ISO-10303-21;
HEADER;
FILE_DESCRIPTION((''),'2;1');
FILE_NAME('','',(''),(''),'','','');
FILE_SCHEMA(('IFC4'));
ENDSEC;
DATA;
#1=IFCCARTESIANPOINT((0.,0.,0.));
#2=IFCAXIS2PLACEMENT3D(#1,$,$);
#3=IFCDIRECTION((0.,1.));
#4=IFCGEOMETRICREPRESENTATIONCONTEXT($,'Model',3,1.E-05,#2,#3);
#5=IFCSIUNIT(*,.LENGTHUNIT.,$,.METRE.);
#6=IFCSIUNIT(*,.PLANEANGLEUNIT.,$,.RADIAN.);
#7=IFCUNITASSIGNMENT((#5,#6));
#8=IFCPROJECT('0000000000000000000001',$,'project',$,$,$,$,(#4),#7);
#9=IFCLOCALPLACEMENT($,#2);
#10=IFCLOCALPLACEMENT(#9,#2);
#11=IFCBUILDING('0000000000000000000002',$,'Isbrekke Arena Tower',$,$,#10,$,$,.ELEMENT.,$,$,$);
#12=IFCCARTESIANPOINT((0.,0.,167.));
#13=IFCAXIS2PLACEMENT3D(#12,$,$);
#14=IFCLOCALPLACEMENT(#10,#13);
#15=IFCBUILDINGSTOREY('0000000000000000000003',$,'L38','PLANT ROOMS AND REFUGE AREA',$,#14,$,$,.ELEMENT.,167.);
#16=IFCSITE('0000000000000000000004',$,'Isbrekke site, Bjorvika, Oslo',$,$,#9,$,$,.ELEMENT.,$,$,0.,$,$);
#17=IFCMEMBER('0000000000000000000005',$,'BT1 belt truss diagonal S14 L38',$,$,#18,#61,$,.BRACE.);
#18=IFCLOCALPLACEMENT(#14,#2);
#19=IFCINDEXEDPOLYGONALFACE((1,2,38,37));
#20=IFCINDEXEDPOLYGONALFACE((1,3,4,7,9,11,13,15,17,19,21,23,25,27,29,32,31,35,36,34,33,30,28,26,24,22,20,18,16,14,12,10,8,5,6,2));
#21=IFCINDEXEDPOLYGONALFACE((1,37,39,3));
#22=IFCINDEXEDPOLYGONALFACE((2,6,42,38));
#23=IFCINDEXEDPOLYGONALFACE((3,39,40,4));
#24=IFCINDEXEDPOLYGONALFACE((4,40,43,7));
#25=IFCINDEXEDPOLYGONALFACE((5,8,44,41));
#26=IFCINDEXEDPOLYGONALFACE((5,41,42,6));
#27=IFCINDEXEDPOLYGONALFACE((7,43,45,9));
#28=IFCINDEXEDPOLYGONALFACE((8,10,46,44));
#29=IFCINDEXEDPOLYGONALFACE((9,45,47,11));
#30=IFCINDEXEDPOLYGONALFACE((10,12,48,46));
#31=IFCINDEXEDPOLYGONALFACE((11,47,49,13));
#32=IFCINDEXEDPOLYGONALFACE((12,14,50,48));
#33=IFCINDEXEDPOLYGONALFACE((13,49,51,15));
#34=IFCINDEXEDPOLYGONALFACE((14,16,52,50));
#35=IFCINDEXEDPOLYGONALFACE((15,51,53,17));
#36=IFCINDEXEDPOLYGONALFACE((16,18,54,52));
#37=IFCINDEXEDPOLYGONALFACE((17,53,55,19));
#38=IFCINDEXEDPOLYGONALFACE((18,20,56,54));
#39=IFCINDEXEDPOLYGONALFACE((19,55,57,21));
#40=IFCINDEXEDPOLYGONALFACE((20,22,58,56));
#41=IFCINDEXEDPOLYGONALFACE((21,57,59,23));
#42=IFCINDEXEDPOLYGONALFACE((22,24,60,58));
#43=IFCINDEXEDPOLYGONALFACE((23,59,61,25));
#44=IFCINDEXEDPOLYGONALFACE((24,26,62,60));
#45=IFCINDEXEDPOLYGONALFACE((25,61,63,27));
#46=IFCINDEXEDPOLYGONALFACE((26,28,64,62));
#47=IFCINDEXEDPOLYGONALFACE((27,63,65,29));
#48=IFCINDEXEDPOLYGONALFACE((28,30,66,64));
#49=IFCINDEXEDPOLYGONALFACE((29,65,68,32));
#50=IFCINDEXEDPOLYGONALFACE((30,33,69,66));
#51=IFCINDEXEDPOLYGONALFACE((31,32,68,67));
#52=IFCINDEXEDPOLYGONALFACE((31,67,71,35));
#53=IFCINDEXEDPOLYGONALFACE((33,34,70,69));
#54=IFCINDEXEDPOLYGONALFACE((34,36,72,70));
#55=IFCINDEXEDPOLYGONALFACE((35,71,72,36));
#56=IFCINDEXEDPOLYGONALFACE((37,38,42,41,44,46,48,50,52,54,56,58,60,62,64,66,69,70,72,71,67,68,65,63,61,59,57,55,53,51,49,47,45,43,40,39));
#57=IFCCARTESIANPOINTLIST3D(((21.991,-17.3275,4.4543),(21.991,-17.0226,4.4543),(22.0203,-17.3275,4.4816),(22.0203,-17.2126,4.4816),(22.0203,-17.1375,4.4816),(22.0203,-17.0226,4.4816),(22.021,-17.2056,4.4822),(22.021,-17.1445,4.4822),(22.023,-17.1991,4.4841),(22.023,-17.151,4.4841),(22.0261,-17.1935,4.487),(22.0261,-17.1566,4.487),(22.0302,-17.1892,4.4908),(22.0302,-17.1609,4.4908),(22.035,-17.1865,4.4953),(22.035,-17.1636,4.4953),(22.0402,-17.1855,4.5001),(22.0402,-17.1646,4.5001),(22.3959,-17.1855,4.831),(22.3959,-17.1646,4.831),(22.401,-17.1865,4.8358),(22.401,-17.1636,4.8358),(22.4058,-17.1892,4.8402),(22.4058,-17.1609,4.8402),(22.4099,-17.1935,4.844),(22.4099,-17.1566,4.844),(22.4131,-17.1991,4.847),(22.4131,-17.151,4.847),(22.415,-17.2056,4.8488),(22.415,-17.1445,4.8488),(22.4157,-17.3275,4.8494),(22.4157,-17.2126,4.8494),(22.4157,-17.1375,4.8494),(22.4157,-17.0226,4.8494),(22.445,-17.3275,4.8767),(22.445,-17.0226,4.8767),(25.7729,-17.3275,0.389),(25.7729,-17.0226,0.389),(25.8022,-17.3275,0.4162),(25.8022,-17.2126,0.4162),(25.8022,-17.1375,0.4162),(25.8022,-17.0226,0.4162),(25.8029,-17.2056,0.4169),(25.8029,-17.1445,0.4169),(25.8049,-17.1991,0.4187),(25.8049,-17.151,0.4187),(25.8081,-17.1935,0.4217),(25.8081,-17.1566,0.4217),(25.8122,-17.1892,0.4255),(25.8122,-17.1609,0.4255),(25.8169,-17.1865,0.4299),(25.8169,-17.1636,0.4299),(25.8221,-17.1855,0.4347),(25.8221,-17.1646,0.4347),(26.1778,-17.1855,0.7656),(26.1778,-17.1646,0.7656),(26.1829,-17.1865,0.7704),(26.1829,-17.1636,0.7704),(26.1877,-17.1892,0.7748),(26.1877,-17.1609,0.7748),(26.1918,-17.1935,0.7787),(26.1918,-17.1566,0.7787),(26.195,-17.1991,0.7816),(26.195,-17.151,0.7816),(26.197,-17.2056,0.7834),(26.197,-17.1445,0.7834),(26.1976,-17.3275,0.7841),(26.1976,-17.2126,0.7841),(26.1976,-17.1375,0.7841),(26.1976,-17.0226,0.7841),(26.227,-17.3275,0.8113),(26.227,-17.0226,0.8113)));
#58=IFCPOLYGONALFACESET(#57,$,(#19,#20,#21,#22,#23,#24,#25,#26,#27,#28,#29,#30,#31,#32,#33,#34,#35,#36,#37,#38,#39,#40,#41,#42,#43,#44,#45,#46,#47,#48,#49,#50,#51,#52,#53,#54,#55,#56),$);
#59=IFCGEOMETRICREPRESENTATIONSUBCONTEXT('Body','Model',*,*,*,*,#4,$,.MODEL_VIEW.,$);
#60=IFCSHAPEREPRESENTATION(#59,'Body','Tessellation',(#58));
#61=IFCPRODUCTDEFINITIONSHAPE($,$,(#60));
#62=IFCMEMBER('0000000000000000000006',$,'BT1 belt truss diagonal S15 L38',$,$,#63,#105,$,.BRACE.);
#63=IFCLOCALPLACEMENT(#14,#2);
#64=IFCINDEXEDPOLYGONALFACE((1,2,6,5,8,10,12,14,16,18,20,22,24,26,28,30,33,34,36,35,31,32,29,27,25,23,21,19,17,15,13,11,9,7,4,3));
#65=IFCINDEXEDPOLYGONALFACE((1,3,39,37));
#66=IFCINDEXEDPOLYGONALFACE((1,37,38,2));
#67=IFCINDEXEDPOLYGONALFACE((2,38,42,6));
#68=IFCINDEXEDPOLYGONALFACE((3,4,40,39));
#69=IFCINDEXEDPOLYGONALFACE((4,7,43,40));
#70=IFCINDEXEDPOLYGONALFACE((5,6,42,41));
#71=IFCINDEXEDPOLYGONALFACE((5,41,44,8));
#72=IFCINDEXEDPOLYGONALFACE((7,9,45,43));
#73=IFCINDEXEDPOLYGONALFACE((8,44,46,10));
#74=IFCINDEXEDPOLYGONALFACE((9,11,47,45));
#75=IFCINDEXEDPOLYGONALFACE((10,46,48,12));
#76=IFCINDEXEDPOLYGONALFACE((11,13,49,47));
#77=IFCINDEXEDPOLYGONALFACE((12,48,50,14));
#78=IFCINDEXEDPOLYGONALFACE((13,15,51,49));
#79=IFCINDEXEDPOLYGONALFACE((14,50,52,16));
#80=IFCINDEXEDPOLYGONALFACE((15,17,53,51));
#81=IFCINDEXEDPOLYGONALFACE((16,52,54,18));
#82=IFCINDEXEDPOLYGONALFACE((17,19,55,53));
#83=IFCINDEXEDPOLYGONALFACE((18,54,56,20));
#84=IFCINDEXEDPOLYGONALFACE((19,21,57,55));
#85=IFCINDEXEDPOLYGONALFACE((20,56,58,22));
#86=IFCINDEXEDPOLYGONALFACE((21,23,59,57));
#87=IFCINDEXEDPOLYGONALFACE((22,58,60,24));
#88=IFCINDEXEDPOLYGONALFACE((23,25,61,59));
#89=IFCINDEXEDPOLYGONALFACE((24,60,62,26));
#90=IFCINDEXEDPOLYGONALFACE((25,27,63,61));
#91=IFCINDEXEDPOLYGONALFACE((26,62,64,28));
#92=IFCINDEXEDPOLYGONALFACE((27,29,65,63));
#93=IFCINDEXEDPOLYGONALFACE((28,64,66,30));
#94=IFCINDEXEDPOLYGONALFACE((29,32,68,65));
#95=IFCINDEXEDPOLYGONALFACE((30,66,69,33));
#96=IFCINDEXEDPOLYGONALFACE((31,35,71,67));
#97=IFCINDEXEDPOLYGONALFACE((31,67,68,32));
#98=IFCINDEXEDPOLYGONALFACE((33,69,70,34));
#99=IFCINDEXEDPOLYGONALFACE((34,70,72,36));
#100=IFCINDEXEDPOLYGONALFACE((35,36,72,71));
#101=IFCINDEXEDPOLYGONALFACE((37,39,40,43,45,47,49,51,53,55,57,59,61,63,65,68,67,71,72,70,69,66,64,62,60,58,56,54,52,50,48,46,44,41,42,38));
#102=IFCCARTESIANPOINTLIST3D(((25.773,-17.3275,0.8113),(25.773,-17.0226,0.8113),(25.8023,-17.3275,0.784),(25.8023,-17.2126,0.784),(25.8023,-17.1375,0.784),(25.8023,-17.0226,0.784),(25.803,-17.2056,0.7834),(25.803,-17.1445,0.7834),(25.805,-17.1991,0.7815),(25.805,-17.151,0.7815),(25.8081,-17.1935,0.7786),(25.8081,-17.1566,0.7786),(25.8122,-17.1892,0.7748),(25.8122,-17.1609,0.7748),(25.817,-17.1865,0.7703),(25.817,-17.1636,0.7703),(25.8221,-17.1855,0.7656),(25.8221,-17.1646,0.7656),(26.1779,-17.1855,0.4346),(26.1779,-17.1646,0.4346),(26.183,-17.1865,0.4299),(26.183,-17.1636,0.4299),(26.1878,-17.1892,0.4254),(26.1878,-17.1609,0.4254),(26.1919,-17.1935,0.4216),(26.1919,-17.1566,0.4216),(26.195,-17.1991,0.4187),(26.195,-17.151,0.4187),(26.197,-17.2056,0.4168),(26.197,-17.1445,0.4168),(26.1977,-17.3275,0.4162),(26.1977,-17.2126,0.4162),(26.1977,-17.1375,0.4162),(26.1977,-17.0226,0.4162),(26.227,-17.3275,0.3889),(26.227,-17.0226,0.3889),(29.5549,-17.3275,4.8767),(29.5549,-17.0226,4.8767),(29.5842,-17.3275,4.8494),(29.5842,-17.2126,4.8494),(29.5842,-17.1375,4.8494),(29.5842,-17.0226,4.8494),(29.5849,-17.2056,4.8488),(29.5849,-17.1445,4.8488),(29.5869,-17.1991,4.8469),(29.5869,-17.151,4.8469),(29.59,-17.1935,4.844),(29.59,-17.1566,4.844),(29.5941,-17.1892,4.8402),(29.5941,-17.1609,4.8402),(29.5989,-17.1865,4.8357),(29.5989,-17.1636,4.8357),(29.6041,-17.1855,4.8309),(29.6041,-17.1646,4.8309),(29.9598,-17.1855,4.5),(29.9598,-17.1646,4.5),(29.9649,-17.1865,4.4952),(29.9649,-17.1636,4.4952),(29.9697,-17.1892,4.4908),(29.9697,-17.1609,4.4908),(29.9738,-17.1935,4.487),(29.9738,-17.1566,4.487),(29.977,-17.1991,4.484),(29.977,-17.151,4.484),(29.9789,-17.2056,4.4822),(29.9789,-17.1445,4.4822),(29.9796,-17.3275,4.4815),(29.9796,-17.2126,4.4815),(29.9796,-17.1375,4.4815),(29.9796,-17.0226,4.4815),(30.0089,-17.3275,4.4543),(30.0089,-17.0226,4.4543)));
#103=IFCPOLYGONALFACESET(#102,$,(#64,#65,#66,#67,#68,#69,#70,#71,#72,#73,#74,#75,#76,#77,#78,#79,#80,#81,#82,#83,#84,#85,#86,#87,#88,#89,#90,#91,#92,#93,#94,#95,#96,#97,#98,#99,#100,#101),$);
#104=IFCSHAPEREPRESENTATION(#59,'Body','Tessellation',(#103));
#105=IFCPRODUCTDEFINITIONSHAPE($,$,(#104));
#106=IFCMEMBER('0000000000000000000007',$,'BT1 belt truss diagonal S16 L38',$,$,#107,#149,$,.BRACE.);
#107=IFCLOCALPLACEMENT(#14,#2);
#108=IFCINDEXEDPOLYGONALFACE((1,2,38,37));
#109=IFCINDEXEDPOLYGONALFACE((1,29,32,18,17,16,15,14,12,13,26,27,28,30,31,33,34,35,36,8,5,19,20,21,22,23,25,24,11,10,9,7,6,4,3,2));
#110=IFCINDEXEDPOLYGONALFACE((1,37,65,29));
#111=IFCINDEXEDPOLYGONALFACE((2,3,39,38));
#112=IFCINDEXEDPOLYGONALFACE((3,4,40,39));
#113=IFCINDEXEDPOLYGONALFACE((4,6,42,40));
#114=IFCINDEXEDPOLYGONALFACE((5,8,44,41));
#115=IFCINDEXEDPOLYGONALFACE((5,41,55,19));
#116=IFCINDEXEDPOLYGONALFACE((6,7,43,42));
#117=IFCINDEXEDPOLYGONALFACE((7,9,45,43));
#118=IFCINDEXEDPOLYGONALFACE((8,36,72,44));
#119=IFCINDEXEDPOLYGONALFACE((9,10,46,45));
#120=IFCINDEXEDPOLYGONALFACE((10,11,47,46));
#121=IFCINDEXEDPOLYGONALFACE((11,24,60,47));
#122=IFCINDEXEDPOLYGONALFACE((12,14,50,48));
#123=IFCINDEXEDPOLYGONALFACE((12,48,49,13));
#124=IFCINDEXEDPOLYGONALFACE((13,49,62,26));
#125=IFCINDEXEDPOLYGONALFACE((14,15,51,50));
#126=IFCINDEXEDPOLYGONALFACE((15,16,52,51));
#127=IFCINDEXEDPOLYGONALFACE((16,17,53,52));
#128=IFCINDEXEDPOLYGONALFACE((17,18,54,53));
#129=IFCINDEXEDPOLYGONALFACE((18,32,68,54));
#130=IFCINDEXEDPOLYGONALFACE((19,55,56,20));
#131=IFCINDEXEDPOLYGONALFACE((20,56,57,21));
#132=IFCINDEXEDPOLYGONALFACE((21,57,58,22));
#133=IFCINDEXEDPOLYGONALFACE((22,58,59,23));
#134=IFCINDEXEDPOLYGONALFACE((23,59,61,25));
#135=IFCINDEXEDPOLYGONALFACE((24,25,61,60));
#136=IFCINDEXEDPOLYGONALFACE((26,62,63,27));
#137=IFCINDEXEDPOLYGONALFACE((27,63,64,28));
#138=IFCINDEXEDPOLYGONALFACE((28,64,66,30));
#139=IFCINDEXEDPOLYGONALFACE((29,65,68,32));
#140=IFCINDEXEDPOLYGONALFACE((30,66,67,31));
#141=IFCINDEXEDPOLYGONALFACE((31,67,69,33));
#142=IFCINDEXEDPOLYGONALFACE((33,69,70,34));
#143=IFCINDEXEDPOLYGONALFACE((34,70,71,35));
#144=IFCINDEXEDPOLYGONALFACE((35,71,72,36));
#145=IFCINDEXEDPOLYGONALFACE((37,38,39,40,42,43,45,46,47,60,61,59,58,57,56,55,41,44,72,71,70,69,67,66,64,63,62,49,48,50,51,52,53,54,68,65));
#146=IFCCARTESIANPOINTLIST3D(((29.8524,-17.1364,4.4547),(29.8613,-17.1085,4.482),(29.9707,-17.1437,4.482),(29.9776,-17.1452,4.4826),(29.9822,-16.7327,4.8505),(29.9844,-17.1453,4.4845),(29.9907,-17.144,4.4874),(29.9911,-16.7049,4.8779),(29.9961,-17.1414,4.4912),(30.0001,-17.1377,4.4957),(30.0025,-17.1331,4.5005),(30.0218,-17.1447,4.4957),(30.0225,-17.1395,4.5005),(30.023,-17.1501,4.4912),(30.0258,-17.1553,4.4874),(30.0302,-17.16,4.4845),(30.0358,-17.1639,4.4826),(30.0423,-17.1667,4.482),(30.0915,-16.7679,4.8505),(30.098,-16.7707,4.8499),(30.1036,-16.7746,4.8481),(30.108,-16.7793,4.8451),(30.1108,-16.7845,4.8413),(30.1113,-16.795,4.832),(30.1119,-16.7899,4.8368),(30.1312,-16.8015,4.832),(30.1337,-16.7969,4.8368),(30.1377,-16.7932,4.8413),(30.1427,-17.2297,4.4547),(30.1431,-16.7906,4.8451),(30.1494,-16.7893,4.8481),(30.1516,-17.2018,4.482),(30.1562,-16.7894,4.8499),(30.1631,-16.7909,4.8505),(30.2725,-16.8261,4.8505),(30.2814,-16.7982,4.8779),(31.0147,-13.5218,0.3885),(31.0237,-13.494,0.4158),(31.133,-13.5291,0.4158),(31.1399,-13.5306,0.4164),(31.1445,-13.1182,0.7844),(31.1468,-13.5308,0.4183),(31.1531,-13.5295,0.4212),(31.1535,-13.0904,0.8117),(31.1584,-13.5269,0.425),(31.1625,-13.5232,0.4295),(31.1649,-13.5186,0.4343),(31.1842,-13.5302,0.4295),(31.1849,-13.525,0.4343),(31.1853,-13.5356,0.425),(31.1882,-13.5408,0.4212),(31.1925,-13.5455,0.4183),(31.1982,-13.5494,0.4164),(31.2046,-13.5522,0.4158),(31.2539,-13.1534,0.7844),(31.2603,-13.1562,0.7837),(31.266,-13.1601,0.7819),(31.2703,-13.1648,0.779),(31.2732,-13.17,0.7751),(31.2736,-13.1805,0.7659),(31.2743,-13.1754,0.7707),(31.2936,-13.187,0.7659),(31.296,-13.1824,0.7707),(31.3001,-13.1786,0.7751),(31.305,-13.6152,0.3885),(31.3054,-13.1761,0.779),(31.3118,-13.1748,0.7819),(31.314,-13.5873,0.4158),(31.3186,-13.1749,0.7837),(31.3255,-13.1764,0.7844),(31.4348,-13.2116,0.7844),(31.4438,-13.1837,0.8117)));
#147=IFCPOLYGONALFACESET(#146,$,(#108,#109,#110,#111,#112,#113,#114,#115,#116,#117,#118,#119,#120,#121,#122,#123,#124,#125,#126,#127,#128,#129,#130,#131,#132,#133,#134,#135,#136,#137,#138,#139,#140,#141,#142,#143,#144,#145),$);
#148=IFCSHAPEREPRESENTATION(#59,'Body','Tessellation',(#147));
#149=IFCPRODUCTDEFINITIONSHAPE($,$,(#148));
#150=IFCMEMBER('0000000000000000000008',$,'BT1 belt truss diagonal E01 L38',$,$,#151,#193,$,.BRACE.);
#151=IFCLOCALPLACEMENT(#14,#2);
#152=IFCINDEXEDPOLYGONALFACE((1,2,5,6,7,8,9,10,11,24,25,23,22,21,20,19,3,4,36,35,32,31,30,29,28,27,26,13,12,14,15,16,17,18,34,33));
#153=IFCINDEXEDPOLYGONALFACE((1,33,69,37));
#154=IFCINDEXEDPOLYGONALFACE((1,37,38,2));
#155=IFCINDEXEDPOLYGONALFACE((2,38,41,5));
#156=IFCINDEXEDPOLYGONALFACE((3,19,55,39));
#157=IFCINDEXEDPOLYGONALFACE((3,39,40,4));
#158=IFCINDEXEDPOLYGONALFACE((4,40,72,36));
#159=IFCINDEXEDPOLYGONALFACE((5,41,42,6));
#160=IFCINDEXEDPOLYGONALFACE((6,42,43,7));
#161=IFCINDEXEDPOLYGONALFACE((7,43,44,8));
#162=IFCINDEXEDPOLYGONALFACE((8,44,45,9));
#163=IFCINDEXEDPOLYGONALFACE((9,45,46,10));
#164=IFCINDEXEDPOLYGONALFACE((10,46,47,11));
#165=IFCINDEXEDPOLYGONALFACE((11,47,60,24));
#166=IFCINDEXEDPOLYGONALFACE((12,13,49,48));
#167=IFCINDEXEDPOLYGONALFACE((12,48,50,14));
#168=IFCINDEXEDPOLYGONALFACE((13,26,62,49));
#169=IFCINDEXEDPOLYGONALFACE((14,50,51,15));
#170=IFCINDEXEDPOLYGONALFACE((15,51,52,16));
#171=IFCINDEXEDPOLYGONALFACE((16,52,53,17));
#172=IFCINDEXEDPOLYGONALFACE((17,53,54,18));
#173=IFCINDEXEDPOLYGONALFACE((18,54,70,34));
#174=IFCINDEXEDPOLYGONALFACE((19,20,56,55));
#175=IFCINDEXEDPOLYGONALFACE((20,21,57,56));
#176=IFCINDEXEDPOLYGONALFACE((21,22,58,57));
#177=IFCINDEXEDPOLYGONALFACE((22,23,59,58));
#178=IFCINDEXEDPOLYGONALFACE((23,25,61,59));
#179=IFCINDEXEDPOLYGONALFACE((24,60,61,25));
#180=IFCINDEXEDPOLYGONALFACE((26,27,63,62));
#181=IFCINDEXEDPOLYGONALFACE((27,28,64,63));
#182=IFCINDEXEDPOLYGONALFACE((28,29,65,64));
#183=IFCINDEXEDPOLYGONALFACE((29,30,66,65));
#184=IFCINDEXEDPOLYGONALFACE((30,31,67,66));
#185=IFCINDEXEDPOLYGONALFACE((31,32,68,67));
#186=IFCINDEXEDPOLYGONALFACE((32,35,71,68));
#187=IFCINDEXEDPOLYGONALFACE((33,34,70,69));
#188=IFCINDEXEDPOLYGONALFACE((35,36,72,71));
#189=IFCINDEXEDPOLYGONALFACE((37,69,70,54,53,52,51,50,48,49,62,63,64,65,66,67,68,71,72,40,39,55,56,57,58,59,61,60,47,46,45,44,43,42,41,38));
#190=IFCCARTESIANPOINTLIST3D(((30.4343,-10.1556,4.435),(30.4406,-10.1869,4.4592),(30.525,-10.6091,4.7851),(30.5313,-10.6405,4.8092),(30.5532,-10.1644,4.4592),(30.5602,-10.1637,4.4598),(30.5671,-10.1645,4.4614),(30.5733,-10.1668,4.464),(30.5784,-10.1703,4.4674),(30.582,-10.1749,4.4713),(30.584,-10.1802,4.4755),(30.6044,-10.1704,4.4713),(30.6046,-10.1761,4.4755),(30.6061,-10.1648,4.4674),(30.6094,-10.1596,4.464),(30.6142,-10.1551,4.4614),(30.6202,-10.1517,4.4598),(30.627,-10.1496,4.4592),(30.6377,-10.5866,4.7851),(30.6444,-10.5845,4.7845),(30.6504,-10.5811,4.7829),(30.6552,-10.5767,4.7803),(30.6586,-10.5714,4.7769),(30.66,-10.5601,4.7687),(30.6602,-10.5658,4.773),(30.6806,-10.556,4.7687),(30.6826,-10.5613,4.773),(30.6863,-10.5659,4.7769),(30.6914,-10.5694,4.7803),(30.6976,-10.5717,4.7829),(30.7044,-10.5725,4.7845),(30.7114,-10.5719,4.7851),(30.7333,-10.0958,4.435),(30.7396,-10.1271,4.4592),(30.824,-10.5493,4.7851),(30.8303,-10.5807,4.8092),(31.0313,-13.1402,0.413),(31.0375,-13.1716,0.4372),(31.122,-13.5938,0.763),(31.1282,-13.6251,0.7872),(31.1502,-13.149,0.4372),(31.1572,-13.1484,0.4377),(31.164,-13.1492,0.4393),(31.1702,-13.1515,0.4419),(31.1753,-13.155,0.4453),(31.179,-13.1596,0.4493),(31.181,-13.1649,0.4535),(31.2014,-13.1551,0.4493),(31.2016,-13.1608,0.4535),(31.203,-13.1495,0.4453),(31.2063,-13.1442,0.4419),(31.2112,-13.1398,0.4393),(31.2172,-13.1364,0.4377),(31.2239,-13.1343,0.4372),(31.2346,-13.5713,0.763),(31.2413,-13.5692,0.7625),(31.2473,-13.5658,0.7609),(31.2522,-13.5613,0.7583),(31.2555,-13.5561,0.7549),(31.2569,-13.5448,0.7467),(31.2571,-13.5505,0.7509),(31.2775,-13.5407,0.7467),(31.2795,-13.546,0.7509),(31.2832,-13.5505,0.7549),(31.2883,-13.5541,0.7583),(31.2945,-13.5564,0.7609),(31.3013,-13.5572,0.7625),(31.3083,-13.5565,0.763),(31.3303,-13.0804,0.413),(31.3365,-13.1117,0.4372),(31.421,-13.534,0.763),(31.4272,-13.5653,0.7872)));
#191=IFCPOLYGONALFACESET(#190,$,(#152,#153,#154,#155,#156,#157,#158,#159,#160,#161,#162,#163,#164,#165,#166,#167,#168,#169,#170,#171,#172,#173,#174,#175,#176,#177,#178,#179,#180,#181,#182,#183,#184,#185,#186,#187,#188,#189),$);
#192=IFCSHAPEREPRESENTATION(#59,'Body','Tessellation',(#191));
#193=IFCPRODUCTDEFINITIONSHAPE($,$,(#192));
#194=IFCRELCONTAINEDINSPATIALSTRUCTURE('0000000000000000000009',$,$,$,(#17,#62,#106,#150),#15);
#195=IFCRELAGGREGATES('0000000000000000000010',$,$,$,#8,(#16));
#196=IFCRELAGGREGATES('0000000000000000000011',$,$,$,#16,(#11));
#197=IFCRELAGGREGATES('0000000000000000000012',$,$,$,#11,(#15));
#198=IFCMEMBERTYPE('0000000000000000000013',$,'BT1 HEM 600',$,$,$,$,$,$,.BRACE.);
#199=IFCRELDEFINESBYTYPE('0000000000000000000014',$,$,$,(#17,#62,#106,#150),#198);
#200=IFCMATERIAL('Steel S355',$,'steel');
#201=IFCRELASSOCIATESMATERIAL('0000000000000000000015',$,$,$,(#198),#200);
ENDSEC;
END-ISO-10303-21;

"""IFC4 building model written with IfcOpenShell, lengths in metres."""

from ifc_helpers import new_model, si_unit, direction, frame, origin, origin_2d, place, context, subcontext, project, spatial, i_section, extrude, material, material_profile, profile_set, type_object, element, save


model = new_model("IFC4")

# Units and contexts
model_context = context("Model", 3, precision=1e-05, world=origin(), true_north=direction((0.0, 1.0)))
body_context = subcontext(model_context, "Body", "Model", "MODEL_VIEW")
ifc_project = project(units=[si_unit("LENGTHUNIT", "METRE"), si_unit("PLANEANGLEUNIT", "RADIAN")], contexts=[model_context])

# Site, building, storey
site_placement = place(None, origin())
site = spatial("IfcSite", under=ifc_project, at=site_placement, Name="Isbrekke site, Bjorvika, Oslo", CompositionType="ELEMENT", RefElevation=0.0)
building_placement = place(site_placement, origin())
building = spatial("IfcBuilding", under=site, at=building_placement, Name="Isbrekke Arena Tower", CompositionType="ELEMENT")
storey_placement = place(building_placement, frame((0.0, 0.0, 167.0)))
storey = spatial("IfcBuildingStorey", under=building, at=storey_placement, Name="L38", Description="PLANT ROOMS AND REFUGE AREA", CompositionType="ELEMENT", Elevation=167.0)

# Members
ifc_material_1 = material(Name="Steel S355", Category="steel")
ifc_material_profile_1 = material_profile(ifc_material_1, i_section(OverallWidth=0.3049, OverallDepth=0.6201, WebThickness=0.021, FlangeThickness=0.04, FilletRadius=0.0271, at=origin_2d()), Name="HEM 600")
ifc_profile_set_1 = profile_set([ifc_material_profile_1], Name="Steel S355")
member_type_1 = type_object("IfcMemberType", Name="BT1 HEM 600", PredefinedType="BRACE", material=ifc_profile_set_1)
for number, where, z_axis, x_axis, name in (
    (1, (22.218, -17.175, 4.6655), (0.681122, 0.0, -0.73217), (0.0, 1.0, 0.0), "BT1 belt truss diagonal S14 L38"),
    (2, (26.0, -17.175, 0.6001), (0.681122, 0.0, 0.73217), (0.0, 1.0, 0.0), "BT1 belt truss diagonal S15 L38"),
):
    element("IfcMember", number, at=place(storey_placement, frame(where, z_axis=z_axis, x_axis=x_axis)), inside=storey, type_object=member_type_1, Name=name, PredefinedType="BRACE", context=body_context, shape_type="SweptSolid", body=[
        extrude(i_section(OverallWidth=0.3049, OverallDepth=0.6201, WebThickness=0.021, FlangeThickness=0.04, FilletRadius=0.0271, at=origin_2d()), origin(), (0.0, 0.0, 1.0), 5.5525),
    ])
member_1_placement = place(storey_placement, frame((30.0669, -16.9673, 4.6663), z_axis=(0.208936, 0.649715, -0.730901), x_axis=(-0.951986, 0.30614, 0.0)))
element("IfcMember", 3, at=member_1_placement, inside=storey, type_object=member_type_1, Name="BT1 belt truss diagonal S16 L38", PredefinedType="BRACE", context=body_context, shape_type="SweptSolid", body=[
    extrude(i_section(OverallWidth=0.3049, OverallDepth=0.6201, WebThickness=0.021, FlangeThickness=0.04, FilletRadius=0.0271, at=origin_2d()), origin(), (0.0, 0.0, 1.0), 5.5632),
])
member_2_placement = place(storey_placement, frame((31.2292, -13.3528, 0.6001), z_axis=(-0.118347, 0.591733, 0.7974), x_axis=(-0.980581, -0.196116, 0.0)))
element("IfcMember", 4, at=member_2_placement, inside=storey, type_object=member_type_1, Name="BT1 belt truss diagonal E01 L38", PredefinedType="BRACE", context=body_context, shape_type="SweptSolid", body=[
    extrude(i_section(OverallWidth=0.3049, OverallDepth=0.6201, WebThickness=0.021, FlangeThickness=0.04, FilletRadius=0.0271, at=origin_2d()), origin(), (0.0, 0.0, 1.0), 5.0439),
])

save(model, "model.ifc")
